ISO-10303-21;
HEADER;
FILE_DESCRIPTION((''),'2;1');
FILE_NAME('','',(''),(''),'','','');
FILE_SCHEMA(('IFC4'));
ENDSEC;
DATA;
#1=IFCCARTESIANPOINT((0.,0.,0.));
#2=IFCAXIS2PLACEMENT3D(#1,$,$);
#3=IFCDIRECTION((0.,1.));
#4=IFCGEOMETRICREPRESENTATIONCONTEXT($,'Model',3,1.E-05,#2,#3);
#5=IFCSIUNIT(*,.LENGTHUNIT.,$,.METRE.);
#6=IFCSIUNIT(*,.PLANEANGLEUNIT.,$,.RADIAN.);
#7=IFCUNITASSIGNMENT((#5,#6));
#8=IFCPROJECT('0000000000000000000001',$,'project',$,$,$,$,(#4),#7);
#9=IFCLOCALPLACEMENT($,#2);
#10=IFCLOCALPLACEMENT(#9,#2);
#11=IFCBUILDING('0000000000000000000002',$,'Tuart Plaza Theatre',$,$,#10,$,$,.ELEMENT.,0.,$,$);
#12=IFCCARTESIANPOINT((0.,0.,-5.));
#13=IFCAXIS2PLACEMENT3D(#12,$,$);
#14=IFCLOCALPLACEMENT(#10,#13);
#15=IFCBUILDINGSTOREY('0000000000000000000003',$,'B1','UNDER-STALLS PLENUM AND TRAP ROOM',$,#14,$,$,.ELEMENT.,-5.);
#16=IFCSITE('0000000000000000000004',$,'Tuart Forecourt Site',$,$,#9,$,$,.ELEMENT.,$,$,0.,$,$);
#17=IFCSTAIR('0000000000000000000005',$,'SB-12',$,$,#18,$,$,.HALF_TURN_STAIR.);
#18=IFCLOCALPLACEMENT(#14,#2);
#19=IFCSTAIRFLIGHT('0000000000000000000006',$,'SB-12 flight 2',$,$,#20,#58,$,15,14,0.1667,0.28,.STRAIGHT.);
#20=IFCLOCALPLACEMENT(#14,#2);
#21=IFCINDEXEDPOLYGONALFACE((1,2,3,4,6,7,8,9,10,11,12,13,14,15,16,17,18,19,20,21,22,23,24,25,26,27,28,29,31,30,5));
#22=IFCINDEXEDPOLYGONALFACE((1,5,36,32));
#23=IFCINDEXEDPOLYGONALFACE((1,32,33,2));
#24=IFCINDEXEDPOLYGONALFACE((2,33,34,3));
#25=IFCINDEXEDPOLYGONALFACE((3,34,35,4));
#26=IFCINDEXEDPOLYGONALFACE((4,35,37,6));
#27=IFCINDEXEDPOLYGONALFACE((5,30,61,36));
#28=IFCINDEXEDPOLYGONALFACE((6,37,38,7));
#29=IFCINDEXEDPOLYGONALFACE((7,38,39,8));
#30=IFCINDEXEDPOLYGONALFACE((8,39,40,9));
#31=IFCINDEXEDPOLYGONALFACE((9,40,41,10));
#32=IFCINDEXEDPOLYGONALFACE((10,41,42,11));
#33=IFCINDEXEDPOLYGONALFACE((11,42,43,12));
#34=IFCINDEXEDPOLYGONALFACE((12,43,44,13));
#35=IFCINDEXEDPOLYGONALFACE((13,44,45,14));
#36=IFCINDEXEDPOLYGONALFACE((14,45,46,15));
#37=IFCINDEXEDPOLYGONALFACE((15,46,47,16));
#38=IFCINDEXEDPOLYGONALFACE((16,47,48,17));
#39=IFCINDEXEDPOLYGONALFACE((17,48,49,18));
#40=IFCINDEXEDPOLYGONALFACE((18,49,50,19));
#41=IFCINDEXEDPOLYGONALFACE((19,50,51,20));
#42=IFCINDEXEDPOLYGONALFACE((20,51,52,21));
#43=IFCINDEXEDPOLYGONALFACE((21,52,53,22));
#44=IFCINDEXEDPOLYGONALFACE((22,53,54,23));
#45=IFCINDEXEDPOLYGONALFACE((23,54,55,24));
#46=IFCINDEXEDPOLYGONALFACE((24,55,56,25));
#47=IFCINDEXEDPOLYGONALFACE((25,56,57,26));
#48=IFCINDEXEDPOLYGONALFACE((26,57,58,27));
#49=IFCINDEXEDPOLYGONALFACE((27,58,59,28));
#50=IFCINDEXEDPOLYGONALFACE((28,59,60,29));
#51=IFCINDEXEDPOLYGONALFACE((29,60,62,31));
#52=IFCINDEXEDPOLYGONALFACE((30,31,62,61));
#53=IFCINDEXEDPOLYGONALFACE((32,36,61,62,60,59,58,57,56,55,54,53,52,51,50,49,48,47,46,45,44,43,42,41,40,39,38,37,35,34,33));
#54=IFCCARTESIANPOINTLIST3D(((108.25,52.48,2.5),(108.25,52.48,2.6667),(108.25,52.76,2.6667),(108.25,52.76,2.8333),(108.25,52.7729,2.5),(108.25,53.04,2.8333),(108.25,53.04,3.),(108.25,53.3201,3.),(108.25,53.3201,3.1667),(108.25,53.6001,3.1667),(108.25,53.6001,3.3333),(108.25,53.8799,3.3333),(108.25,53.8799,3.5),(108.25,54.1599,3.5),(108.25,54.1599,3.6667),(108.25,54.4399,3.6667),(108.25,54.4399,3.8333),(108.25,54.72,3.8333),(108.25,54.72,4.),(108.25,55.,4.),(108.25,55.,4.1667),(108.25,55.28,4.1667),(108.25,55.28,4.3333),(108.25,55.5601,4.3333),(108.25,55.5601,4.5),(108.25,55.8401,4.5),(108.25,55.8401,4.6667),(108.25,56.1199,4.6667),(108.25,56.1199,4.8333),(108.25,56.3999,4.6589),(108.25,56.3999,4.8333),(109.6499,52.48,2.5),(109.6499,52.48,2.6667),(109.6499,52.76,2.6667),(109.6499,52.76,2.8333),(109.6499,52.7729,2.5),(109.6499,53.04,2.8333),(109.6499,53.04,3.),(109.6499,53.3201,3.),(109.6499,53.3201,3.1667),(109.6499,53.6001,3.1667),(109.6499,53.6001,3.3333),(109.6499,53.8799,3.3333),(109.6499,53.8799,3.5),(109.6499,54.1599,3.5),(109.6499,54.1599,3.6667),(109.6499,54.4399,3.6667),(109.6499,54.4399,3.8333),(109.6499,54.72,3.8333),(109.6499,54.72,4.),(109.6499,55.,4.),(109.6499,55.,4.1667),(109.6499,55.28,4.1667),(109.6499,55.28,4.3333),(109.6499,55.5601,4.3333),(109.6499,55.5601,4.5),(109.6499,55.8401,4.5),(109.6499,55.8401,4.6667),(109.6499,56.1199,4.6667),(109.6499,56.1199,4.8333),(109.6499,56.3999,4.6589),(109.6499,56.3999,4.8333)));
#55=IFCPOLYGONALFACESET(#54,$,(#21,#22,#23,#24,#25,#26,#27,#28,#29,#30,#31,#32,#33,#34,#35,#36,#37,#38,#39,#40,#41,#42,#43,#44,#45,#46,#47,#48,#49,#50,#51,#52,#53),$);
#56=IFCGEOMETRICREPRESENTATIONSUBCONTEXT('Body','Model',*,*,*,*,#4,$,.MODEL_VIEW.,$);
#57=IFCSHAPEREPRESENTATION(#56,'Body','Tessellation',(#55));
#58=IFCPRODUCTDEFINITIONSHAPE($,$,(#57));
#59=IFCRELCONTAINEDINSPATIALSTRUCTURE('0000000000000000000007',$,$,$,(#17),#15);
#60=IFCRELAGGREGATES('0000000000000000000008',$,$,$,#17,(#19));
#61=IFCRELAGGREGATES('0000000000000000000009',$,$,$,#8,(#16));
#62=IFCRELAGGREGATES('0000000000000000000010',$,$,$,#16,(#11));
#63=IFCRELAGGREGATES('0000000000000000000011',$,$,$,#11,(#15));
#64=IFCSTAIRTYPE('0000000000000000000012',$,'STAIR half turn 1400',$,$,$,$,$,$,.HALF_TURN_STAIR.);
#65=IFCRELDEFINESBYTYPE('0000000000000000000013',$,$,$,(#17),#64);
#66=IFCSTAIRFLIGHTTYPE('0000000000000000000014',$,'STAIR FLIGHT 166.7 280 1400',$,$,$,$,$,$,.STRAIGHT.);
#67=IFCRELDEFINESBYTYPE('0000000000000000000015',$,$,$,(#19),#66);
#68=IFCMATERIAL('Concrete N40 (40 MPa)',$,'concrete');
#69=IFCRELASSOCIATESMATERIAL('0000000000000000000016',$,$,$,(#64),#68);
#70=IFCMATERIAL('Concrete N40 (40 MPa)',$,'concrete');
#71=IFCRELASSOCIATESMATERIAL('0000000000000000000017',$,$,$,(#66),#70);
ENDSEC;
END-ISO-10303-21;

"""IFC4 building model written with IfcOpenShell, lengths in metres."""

from ifc_helpers import new_model, si_unit, direction, frame, origin, place, context, subcontext, project, spatial, polyline, outline, extrude, material, type_object, element, aggregate, save


model = new_model("IFC4")

# Units and contexts
model_context = context("Model", 3, precision=1e-05, world=origin(), true_north=direction((0.0, 1.0)))
body_context = subcontext(model_context, "Body", "Model", "MODEL_VIEW")
ifc_project = project(units=[si_unit("LENGTHUNIT", "METRE"), si_unit("PLANEANGLEUNIT", "RADIAN")], contexts=[model_context])

# Site, building, storey
site_placement = place(None, origin())
site = spatial("IfcSite", under=ifc_project, at=site_placement, Name="Tuart Forecourt Site", CompositionType="ELEMENT", RefElevation=0.0)
building_placement = place(site_placement, origin())
building = spatial("IfcBuilding", under=site, at=building_placement, Name="Tuart Plaza Theatre", CompositionType="ELEMENT", ElevationOfRefHeight=0.0)
storey_placement = place(building_placement, frame((0.0, 0.0, -5.0)))
storey = spatial("IfcBuildingStorey", under=building, at=storey_placement, Name="B1", Description="UNDER-STALLS PLENUM AND TRAP ROOM", CompositionType="ELEMENT", Elevation=-5.0)

# Stair, stair flight
ifc_material_1 = material(Name="Concrete N40 (40 MPa)", Category="concrete")
stair_type = type_object("IfcStairType", Name="STAIR half turn 1400", PredefinedType="HALF_TURN_STAIR", material=ifc_material_1)
stair_placement = place(storey_placement, origin())
stair = element("IfcStair", 1, at=stair_placement, inside=storey, type_object=stair_type, Name="SB-12", PredefinedType="HALF_TURN_STAIR")
ifc_material_2 = material(Name="Concrete N40 (40 MPa)", Category="concrete")
stair_flight_type = type_object("IfcStairFlightType", Name="STAIR FLIGHT 166.7 280 1400", PredefinedType="STRAIGHT", material=ifc_material_2)
stair_flight_placement = place(storey_placement, frame((108.95, 52.48, 2.5), z_axis=(0.0, 0.0, 1.0), x_axis=(0.0, 1.0, 0.0)))
stair_flight = element("IfcStairFlight", 2, at=stair_flight_placement, type_object=stair_flight_type, Name="SB-12 flight 2", NumberOfRisers=15, NumberOfTreads=14, PredefinedType="STRAIGHT", RiserHeight=0.1667, TreadLength=0.28, context=body_context, shape_type="SweptSolid", body=[
    extrude(outline(polyline([(0.0, 0.0), (0.0, 0.1667), (0.28, 0.1667), (0.28, 0.3333), (0.5601, 0.3333), (0.5601, 0.5), (0.8401, 0.5), (0.8401, 0.6667), (1.1201, 0.6667), (1.1201, 0.8333), (1.3999, 0.8333), (1.3999, 1.0), (1.6799, 1.0), (1.6799, 1.1667), (1.96, 1.1667), (1.96, 1.3333), (2.24, 1.3333), (2.24, 1.5), (2.52, 1.5), (2.52, 1.6667), (2.8, 1.6667), (2.8, 1.8333), (3.0801, 1.8333), (3.0801, 2.0), (3.3601, 2.0), (3.3601, 2.1667), (3.6399, 2.1667), (3.6399, 2.3333), (3.9199, 2.3333), (3.9199, 2.5), (3.9199, 2.1589), (0.293, 0.0), (0.0, 0.0)])), frame((0.0, 0.7, 0.0), z_axis=(0.0, -1.0, 0.0), x_axis=(1.0, 0.0, 0.0)), (0.0, 0.0, 1.0), 1.3999),
])
aggregate(stair, [stair_flight])

save(model, "model.ifc")
